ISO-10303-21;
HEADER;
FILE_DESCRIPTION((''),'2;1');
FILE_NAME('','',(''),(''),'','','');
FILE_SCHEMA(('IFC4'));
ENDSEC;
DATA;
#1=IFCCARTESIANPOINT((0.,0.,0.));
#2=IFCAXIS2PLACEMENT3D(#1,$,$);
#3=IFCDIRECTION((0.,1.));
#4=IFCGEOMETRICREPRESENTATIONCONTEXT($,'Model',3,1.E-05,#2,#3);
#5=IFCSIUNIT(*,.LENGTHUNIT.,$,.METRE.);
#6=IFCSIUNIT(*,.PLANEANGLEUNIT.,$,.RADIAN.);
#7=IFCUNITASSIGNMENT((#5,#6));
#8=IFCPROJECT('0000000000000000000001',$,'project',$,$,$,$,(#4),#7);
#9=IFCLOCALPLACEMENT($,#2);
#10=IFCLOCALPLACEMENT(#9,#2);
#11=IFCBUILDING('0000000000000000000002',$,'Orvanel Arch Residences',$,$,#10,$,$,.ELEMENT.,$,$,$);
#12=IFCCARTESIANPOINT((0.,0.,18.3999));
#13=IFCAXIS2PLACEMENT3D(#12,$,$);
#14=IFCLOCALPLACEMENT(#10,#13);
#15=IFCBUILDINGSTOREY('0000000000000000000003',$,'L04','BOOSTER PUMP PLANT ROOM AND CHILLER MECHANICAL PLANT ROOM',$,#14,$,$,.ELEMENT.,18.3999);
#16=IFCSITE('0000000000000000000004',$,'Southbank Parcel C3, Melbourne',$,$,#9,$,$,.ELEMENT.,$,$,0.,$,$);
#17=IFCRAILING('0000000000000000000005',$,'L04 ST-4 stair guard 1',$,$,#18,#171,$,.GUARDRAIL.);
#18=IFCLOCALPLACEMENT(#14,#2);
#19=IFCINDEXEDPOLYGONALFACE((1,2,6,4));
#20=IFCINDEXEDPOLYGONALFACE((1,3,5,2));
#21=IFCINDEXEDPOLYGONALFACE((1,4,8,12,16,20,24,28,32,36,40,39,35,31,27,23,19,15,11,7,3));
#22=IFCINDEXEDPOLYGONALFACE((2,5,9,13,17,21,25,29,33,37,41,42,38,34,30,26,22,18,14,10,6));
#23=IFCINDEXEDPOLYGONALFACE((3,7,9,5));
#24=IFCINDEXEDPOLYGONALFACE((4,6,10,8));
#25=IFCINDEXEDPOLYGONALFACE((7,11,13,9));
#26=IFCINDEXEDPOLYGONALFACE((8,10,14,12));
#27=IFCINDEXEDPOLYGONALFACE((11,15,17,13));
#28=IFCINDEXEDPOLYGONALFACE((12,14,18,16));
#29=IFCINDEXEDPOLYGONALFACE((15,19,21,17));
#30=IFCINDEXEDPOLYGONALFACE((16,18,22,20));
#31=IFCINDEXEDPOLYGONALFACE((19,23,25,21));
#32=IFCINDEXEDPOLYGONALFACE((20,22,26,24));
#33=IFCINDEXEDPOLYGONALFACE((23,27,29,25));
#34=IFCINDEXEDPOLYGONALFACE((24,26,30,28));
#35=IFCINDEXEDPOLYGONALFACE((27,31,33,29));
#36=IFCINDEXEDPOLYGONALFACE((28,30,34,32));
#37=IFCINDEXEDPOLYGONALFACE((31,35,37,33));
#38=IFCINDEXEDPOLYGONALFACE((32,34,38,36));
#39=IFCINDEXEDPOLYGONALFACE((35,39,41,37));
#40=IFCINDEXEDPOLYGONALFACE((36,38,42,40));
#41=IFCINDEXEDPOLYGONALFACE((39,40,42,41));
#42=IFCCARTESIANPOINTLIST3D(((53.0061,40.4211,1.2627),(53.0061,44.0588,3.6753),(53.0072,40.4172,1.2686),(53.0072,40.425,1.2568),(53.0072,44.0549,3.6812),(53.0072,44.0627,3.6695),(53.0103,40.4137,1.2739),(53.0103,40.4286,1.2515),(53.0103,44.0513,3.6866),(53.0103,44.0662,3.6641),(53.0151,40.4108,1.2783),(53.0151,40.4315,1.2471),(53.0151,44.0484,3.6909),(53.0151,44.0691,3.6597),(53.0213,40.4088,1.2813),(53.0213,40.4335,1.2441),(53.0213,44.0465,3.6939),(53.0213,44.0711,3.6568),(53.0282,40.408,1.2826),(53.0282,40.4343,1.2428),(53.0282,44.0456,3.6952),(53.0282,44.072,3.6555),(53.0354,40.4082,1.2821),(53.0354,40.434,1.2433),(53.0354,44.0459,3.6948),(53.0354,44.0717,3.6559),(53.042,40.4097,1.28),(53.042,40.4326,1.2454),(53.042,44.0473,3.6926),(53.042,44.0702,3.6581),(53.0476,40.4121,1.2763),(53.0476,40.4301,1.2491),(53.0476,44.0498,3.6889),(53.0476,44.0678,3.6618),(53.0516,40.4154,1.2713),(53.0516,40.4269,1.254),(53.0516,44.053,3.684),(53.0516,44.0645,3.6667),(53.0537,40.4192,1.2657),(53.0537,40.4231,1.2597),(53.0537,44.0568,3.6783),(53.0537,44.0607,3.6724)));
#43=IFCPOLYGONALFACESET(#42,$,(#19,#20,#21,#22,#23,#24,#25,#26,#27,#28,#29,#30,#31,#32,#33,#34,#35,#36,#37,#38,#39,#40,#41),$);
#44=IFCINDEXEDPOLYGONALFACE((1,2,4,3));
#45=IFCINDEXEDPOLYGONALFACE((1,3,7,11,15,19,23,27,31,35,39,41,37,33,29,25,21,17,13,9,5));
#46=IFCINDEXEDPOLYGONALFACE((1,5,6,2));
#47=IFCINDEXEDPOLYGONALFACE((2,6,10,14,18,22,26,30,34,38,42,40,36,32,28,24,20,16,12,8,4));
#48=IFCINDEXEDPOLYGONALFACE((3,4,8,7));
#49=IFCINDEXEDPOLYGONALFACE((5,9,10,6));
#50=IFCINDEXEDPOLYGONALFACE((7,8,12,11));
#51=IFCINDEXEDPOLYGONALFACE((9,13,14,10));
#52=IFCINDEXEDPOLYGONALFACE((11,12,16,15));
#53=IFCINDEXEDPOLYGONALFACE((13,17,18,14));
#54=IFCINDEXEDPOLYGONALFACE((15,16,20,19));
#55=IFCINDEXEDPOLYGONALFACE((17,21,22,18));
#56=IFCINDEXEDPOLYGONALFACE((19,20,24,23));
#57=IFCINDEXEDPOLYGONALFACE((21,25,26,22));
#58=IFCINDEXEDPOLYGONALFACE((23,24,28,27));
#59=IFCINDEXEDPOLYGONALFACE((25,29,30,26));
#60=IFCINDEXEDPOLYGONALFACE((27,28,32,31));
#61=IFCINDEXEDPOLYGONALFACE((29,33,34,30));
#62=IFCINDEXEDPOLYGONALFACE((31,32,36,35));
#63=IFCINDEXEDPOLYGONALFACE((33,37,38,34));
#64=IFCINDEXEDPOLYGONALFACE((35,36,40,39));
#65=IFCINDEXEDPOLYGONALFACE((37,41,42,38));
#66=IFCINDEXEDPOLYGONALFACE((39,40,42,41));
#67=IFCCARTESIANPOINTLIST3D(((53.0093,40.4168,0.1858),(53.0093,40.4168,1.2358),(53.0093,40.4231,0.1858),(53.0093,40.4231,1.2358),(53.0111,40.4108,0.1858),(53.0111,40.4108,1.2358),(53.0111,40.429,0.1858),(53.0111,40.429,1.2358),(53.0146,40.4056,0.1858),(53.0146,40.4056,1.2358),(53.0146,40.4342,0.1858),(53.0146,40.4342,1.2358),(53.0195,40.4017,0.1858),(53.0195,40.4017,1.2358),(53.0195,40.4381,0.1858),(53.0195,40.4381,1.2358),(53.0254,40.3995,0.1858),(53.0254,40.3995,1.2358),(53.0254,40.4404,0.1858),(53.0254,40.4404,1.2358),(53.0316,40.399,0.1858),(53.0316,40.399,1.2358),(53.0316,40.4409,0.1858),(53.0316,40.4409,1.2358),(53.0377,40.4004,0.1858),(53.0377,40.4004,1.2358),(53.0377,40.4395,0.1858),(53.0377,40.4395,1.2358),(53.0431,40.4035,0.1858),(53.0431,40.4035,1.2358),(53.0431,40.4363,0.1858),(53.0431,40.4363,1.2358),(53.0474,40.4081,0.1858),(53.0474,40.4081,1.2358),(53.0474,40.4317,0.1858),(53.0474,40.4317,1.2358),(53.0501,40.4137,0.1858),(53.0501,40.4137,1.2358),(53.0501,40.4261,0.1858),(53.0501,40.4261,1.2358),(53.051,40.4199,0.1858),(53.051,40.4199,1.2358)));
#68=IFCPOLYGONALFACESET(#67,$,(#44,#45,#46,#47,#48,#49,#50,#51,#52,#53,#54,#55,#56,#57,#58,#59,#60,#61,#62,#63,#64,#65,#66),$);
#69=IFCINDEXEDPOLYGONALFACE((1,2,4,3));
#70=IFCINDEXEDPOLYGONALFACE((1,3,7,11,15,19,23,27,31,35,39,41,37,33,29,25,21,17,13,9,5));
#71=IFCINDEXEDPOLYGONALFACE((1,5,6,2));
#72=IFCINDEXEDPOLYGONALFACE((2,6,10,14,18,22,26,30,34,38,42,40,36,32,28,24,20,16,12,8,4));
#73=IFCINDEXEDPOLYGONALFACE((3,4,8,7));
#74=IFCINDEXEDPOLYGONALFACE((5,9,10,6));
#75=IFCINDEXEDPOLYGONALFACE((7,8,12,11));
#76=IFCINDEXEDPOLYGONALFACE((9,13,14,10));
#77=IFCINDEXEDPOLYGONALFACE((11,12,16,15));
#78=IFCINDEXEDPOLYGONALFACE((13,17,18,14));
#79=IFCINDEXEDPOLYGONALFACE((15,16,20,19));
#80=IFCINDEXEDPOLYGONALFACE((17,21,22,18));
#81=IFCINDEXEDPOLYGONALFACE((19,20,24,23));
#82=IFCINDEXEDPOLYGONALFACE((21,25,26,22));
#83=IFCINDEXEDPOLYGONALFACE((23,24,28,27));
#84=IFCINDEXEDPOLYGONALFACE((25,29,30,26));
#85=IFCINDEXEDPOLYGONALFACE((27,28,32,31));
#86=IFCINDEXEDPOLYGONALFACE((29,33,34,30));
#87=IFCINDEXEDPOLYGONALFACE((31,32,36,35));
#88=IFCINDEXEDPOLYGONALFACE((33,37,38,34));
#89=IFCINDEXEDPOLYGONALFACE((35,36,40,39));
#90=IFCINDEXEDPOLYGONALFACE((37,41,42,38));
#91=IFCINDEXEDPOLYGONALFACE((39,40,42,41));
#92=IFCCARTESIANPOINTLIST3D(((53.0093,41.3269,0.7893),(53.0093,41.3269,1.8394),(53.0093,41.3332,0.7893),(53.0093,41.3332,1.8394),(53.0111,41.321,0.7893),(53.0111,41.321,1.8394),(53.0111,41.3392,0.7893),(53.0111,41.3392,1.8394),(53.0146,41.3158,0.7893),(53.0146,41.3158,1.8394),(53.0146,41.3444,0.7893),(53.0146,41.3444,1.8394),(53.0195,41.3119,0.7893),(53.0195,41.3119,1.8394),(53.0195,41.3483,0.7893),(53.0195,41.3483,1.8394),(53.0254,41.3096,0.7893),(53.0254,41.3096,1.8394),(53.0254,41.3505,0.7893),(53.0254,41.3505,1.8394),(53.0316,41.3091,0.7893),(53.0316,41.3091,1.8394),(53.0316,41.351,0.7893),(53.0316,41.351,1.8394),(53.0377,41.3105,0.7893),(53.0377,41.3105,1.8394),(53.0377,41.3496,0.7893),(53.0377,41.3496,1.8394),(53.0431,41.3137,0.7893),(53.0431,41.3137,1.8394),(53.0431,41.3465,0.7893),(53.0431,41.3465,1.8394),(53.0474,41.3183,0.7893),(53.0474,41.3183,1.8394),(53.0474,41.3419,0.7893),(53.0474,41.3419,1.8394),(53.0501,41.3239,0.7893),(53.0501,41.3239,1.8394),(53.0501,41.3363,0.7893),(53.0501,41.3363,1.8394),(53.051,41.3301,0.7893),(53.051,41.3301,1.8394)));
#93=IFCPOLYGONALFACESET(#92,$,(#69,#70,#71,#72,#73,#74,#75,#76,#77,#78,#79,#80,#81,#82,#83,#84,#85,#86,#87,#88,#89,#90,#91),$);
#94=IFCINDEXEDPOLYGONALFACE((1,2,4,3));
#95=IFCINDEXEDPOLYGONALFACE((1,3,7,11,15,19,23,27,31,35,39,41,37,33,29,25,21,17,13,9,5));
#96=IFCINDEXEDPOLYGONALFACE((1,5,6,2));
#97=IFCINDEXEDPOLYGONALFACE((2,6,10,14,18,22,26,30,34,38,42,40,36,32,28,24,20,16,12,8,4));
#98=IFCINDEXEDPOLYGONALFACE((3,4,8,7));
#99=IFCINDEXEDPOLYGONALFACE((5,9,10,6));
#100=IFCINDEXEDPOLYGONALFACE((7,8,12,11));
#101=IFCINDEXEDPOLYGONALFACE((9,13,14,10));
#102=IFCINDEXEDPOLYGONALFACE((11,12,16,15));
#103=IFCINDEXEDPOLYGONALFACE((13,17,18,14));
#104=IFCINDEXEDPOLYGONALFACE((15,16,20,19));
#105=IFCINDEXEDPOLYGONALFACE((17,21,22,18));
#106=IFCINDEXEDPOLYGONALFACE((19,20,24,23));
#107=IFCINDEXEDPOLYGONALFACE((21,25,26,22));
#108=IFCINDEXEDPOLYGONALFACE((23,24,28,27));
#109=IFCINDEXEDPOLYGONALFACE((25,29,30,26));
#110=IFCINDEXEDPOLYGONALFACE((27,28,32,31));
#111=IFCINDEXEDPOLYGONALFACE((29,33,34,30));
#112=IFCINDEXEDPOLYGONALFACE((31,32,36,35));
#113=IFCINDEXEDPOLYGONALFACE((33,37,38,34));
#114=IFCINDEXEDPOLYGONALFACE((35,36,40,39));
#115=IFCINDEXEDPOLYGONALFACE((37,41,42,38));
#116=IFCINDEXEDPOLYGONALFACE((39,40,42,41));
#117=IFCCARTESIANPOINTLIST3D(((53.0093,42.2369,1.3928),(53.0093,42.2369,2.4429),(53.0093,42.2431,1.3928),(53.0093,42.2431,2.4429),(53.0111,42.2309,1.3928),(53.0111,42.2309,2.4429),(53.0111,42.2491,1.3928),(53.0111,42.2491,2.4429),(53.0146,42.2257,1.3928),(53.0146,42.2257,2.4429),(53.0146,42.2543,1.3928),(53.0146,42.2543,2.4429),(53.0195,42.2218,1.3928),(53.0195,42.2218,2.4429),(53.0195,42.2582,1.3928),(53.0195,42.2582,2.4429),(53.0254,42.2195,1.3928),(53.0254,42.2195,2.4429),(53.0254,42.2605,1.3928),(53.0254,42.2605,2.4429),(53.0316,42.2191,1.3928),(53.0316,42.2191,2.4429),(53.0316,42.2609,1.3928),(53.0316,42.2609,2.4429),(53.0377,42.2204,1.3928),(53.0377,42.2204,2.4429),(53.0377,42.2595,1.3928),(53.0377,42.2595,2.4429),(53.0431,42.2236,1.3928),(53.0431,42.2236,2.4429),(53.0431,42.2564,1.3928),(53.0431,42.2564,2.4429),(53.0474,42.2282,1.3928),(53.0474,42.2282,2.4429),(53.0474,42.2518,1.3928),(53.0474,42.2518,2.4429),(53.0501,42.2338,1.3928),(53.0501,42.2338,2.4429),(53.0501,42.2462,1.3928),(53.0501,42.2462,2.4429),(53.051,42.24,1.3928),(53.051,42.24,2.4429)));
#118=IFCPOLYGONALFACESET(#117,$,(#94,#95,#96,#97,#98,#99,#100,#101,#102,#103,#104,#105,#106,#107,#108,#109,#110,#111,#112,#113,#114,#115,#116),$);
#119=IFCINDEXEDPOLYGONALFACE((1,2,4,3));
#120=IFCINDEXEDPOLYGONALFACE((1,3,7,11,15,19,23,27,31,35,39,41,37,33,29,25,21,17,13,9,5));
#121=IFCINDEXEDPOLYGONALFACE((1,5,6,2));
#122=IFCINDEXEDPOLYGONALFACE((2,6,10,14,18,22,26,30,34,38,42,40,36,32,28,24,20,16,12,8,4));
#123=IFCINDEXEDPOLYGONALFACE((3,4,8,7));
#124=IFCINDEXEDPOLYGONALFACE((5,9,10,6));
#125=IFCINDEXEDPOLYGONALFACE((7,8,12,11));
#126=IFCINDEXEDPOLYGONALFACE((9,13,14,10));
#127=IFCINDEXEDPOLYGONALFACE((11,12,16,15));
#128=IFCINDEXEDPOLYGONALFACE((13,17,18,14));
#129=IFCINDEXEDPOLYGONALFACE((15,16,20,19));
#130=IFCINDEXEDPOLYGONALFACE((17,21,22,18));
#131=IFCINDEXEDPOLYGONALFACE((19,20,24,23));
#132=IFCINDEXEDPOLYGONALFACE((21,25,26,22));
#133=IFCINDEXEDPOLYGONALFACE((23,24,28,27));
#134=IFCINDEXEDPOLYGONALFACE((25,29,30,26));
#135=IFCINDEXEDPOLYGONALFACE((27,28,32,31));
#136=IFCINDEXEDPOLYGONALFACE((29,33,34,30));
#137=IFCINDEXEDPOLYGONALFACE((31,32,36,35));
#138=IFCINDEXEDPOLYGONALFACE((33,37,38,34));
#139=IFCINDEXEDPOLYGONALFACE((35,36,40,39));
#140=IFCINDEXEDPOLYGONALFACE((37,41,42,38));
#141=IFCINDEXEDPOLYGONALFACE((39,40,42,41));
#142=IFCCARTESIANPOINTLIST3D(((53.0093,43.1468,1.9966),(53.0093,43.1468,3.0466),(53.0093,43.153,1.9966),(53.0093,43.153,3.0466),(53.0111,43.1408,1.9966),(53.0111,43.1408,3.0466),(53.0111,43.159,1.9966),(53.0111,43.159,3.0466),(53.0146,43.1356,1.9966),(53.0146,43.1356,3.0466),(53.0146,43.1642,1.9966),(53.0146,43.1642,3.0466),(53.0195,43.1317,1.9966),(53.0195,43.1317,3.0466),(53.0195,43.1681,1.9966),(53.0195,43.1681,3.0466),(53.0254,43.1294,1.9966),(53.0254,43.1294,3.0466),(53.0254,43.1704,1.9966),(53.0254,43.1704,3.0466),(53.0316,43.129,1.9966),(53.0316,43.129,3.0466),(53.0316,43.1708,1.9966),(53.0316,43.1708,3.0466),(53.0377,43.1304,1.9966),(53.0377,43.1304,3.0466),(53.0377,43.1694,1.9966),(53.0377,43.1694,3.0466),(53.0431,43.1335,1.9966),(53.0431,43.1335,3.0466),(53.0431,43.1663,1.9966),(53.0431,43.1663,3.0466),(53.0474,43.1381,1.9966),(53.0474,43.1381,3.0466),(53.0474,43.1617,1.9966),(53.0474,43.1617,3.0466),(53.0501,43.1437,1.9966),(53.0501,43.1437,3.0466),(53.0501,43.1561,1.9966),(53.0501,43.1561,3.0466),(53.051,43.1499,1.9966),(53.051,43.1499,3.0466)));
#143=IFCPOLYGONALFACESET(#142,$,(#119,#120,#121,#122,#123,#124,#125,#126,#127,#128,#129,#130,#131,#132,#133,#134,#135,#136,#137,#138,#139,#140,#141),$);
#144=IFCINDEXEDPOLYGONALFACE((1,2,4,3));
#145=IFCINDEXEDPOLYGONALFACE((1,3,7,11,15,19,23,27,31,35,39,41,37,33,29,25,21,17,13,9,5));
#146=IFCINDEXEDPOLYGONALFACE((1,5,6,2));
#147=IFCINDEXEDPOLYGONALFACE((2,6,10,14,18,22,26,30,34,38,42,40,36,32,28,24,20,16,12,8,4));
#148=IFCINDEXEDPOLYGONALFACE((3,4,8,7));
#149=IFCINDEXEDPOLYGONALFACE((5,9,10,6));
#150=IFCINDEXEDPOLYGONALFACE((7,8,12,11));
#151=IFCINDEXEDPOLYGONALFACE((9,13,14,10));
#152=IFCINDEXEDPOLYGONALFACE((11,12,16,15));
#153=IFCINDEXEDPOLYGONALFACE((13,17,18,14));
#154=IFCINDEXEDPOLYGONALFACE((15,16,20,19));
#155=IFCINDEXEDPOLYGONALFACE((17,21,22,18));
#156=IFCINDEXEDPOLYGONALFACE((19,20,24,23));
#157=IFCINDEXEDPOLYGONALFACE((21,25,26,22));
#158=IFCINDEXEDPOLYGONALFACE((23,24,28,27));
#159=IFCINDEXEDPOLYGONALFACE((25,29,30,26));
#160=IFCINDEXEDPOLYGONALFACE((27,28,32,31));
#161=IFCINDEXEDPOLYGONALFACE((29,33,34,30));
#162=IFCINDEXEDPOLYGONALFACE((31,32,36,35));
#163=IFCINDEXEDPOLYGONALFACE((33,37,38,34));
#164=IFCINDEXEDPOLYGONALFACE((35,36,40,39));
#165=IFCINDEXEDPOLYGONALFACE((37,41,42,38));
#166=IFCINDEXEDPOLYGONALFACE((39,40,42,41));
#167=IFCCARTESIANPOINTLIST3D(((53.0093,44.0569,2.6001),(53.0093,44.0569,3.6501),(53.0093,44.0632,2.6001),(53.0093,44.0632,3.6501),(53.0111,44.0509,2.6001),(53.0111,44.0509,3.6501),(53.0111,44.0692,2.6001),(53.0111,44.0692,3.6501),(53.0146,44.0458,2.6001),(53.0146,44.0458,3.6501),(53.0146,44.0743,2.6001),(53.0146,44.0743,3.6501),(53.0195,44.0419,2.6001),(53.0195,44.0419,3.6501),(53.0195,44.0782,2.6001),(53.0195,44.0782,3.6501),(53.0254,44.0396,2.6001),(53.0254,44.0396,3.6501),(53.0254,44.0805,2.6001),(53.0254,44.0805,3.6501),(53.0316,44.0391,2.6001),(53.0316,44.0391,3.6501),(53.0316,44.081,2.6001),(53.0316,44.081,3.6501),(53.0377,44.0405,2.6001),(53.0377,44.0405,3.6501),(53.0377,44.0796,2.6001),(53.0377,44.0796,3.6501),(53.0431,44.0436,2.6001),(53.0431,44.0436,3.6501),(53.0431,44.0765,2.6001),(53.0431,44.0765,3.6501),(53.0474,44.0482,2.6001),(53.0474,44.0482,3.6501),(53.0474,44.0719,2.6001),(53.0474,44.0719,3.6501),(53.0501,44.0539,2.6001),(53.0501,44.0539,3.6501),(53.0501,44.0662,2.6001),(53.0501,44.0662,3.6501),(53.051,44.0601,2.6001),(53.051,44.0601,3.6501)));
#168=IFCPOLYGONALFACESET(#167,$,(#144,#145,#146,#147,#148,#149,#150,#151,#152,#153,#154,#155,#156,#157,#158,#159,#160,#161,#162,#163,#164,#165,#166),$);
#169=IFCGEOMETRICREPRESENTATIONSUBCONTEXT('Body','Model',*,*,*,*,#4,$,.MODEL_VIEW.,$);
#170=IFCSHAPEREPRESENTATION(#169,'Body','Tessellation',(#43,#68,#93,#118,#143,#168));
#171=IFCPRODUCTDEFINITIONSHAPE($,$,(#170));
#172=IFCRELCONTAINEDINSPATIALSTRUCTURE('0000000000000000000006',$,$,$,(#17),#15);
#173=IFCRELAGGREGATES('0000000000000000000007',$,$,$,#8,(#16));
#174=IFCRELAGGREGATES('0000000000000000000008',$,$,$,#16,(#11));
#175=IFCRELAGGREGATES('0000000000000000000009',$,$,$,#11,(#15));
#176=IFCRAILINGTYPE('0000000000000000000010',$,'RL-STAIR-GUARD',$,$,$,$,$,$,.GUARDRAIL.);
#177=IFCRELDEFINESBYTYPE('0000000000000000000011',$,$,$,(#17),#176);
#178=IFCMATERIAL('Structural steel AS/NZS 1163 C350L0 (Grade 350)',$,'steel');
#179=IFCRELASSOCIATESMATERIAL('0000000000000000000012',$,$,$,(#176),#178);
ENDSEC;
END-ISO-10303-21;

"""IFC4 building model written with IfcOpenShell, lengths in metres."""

from ifc_helpers import new_model, si_unit, direction, frame, origin, origin_2d, place, context, subcontext, project, spatial, circle, extrude, material, type_object, element, save


model = new_model("IFC4")

# Units and contexts
model_context = context("Model", 3, precision=1e-05, world=origin(), true_north=direction((0.0, 1.0)))
body_context = subcontext(model_context, "Body", "Model", "MODEL_VIEW")
ifc_project = project(units=[si_unit("LENGTHUNIT", "METRE"), si_unit("PLANEANGLEUNIT", "RADIAN")], contexts=[model_context])

# Site, building, storey
site_placement = place(None, origin())
site = spatial("IfcSite", under=ifc_project, at=site_placement, Name="Southbank Parcel C3, Melbourne", CompositionType="ELEMENT", RefElevation=0.0)
building_placement = place(site_placement, origin())
building = spatial("IfcBuilding", under=site, at=building_placement, Name="Orvanel Arch Residences", CompositionType="ELEMENT")
storey_placement = place(building_placement, frame((0.0, 0.0, 18.3999)))
storey = spatial("IfcBuildingStorey", under=building, at=storey_placement, Name="L04", Description="BOOSTER PUMP PLANT ROOM AND CHILLER MECHANICAL PLANT ROOM", CompositionType="ELEMENT", Elevation=18.3999)

# Railing
ifc_material_1 = material(Name="Structural steel AS/NZS 1163 C350L0 (Grade 350)", Category="steel")
railing_type_1 = type_object("IfcRailingType", Name="RL-STAIR-GUARD", PredefinedType="GUARDRAIL", material=ifc_material_1)
railing_1_placement = place(storey_placement, frame((53.03, 40.4199, 0.1858)))
element("IfcRailing", 1, at=railing_1_placement, inside=storey, type_object=railing_type_1, Name="L04 ST-4 stair guard 1", PredefinedType="GUARDRAIL", context=body_context, shape_type="SweptSolid", body=[
    extrude(circle(Radius=0.0239, at=origin_2d()), frame((0.0, 0.0012, 1.0769), z_axis=(0.0, 0.833364, 0.552725), x_axis=(-1.0, 0.0, 0.0)), (0.0, 0.0, 1.0), 4.365),
    extrude(circle(Radius=0.021, at=origin_2d()), origin(), (0.0, 0.0, 1.0), 1.05),
    extrude(circle(Radius=0.021, at=origin_2d()), frame((0.0, 0.9102, 0.6035)), (0.0, 0.0, 1.0), 1.05),
    extrude(circle(Radius=0.021, at=origin_2d()), frame((0.0, 1.8201, 1.207)), (0.0, 0.0, 1.0), 1.05),
    extrude(circle(Radius=0.021, at=origin_2d()), frame((0.0, 2.73, 1.8108)), (0.0, 0.0, 1.0), 1.05),
    extrude(circle(Radius=0.021, at=origin_2d()), frame((0.0, 3.6401, 2.4143)), (0.0, 0.0, 1.0), 1.05),
])

save(model, "model.ifc")
